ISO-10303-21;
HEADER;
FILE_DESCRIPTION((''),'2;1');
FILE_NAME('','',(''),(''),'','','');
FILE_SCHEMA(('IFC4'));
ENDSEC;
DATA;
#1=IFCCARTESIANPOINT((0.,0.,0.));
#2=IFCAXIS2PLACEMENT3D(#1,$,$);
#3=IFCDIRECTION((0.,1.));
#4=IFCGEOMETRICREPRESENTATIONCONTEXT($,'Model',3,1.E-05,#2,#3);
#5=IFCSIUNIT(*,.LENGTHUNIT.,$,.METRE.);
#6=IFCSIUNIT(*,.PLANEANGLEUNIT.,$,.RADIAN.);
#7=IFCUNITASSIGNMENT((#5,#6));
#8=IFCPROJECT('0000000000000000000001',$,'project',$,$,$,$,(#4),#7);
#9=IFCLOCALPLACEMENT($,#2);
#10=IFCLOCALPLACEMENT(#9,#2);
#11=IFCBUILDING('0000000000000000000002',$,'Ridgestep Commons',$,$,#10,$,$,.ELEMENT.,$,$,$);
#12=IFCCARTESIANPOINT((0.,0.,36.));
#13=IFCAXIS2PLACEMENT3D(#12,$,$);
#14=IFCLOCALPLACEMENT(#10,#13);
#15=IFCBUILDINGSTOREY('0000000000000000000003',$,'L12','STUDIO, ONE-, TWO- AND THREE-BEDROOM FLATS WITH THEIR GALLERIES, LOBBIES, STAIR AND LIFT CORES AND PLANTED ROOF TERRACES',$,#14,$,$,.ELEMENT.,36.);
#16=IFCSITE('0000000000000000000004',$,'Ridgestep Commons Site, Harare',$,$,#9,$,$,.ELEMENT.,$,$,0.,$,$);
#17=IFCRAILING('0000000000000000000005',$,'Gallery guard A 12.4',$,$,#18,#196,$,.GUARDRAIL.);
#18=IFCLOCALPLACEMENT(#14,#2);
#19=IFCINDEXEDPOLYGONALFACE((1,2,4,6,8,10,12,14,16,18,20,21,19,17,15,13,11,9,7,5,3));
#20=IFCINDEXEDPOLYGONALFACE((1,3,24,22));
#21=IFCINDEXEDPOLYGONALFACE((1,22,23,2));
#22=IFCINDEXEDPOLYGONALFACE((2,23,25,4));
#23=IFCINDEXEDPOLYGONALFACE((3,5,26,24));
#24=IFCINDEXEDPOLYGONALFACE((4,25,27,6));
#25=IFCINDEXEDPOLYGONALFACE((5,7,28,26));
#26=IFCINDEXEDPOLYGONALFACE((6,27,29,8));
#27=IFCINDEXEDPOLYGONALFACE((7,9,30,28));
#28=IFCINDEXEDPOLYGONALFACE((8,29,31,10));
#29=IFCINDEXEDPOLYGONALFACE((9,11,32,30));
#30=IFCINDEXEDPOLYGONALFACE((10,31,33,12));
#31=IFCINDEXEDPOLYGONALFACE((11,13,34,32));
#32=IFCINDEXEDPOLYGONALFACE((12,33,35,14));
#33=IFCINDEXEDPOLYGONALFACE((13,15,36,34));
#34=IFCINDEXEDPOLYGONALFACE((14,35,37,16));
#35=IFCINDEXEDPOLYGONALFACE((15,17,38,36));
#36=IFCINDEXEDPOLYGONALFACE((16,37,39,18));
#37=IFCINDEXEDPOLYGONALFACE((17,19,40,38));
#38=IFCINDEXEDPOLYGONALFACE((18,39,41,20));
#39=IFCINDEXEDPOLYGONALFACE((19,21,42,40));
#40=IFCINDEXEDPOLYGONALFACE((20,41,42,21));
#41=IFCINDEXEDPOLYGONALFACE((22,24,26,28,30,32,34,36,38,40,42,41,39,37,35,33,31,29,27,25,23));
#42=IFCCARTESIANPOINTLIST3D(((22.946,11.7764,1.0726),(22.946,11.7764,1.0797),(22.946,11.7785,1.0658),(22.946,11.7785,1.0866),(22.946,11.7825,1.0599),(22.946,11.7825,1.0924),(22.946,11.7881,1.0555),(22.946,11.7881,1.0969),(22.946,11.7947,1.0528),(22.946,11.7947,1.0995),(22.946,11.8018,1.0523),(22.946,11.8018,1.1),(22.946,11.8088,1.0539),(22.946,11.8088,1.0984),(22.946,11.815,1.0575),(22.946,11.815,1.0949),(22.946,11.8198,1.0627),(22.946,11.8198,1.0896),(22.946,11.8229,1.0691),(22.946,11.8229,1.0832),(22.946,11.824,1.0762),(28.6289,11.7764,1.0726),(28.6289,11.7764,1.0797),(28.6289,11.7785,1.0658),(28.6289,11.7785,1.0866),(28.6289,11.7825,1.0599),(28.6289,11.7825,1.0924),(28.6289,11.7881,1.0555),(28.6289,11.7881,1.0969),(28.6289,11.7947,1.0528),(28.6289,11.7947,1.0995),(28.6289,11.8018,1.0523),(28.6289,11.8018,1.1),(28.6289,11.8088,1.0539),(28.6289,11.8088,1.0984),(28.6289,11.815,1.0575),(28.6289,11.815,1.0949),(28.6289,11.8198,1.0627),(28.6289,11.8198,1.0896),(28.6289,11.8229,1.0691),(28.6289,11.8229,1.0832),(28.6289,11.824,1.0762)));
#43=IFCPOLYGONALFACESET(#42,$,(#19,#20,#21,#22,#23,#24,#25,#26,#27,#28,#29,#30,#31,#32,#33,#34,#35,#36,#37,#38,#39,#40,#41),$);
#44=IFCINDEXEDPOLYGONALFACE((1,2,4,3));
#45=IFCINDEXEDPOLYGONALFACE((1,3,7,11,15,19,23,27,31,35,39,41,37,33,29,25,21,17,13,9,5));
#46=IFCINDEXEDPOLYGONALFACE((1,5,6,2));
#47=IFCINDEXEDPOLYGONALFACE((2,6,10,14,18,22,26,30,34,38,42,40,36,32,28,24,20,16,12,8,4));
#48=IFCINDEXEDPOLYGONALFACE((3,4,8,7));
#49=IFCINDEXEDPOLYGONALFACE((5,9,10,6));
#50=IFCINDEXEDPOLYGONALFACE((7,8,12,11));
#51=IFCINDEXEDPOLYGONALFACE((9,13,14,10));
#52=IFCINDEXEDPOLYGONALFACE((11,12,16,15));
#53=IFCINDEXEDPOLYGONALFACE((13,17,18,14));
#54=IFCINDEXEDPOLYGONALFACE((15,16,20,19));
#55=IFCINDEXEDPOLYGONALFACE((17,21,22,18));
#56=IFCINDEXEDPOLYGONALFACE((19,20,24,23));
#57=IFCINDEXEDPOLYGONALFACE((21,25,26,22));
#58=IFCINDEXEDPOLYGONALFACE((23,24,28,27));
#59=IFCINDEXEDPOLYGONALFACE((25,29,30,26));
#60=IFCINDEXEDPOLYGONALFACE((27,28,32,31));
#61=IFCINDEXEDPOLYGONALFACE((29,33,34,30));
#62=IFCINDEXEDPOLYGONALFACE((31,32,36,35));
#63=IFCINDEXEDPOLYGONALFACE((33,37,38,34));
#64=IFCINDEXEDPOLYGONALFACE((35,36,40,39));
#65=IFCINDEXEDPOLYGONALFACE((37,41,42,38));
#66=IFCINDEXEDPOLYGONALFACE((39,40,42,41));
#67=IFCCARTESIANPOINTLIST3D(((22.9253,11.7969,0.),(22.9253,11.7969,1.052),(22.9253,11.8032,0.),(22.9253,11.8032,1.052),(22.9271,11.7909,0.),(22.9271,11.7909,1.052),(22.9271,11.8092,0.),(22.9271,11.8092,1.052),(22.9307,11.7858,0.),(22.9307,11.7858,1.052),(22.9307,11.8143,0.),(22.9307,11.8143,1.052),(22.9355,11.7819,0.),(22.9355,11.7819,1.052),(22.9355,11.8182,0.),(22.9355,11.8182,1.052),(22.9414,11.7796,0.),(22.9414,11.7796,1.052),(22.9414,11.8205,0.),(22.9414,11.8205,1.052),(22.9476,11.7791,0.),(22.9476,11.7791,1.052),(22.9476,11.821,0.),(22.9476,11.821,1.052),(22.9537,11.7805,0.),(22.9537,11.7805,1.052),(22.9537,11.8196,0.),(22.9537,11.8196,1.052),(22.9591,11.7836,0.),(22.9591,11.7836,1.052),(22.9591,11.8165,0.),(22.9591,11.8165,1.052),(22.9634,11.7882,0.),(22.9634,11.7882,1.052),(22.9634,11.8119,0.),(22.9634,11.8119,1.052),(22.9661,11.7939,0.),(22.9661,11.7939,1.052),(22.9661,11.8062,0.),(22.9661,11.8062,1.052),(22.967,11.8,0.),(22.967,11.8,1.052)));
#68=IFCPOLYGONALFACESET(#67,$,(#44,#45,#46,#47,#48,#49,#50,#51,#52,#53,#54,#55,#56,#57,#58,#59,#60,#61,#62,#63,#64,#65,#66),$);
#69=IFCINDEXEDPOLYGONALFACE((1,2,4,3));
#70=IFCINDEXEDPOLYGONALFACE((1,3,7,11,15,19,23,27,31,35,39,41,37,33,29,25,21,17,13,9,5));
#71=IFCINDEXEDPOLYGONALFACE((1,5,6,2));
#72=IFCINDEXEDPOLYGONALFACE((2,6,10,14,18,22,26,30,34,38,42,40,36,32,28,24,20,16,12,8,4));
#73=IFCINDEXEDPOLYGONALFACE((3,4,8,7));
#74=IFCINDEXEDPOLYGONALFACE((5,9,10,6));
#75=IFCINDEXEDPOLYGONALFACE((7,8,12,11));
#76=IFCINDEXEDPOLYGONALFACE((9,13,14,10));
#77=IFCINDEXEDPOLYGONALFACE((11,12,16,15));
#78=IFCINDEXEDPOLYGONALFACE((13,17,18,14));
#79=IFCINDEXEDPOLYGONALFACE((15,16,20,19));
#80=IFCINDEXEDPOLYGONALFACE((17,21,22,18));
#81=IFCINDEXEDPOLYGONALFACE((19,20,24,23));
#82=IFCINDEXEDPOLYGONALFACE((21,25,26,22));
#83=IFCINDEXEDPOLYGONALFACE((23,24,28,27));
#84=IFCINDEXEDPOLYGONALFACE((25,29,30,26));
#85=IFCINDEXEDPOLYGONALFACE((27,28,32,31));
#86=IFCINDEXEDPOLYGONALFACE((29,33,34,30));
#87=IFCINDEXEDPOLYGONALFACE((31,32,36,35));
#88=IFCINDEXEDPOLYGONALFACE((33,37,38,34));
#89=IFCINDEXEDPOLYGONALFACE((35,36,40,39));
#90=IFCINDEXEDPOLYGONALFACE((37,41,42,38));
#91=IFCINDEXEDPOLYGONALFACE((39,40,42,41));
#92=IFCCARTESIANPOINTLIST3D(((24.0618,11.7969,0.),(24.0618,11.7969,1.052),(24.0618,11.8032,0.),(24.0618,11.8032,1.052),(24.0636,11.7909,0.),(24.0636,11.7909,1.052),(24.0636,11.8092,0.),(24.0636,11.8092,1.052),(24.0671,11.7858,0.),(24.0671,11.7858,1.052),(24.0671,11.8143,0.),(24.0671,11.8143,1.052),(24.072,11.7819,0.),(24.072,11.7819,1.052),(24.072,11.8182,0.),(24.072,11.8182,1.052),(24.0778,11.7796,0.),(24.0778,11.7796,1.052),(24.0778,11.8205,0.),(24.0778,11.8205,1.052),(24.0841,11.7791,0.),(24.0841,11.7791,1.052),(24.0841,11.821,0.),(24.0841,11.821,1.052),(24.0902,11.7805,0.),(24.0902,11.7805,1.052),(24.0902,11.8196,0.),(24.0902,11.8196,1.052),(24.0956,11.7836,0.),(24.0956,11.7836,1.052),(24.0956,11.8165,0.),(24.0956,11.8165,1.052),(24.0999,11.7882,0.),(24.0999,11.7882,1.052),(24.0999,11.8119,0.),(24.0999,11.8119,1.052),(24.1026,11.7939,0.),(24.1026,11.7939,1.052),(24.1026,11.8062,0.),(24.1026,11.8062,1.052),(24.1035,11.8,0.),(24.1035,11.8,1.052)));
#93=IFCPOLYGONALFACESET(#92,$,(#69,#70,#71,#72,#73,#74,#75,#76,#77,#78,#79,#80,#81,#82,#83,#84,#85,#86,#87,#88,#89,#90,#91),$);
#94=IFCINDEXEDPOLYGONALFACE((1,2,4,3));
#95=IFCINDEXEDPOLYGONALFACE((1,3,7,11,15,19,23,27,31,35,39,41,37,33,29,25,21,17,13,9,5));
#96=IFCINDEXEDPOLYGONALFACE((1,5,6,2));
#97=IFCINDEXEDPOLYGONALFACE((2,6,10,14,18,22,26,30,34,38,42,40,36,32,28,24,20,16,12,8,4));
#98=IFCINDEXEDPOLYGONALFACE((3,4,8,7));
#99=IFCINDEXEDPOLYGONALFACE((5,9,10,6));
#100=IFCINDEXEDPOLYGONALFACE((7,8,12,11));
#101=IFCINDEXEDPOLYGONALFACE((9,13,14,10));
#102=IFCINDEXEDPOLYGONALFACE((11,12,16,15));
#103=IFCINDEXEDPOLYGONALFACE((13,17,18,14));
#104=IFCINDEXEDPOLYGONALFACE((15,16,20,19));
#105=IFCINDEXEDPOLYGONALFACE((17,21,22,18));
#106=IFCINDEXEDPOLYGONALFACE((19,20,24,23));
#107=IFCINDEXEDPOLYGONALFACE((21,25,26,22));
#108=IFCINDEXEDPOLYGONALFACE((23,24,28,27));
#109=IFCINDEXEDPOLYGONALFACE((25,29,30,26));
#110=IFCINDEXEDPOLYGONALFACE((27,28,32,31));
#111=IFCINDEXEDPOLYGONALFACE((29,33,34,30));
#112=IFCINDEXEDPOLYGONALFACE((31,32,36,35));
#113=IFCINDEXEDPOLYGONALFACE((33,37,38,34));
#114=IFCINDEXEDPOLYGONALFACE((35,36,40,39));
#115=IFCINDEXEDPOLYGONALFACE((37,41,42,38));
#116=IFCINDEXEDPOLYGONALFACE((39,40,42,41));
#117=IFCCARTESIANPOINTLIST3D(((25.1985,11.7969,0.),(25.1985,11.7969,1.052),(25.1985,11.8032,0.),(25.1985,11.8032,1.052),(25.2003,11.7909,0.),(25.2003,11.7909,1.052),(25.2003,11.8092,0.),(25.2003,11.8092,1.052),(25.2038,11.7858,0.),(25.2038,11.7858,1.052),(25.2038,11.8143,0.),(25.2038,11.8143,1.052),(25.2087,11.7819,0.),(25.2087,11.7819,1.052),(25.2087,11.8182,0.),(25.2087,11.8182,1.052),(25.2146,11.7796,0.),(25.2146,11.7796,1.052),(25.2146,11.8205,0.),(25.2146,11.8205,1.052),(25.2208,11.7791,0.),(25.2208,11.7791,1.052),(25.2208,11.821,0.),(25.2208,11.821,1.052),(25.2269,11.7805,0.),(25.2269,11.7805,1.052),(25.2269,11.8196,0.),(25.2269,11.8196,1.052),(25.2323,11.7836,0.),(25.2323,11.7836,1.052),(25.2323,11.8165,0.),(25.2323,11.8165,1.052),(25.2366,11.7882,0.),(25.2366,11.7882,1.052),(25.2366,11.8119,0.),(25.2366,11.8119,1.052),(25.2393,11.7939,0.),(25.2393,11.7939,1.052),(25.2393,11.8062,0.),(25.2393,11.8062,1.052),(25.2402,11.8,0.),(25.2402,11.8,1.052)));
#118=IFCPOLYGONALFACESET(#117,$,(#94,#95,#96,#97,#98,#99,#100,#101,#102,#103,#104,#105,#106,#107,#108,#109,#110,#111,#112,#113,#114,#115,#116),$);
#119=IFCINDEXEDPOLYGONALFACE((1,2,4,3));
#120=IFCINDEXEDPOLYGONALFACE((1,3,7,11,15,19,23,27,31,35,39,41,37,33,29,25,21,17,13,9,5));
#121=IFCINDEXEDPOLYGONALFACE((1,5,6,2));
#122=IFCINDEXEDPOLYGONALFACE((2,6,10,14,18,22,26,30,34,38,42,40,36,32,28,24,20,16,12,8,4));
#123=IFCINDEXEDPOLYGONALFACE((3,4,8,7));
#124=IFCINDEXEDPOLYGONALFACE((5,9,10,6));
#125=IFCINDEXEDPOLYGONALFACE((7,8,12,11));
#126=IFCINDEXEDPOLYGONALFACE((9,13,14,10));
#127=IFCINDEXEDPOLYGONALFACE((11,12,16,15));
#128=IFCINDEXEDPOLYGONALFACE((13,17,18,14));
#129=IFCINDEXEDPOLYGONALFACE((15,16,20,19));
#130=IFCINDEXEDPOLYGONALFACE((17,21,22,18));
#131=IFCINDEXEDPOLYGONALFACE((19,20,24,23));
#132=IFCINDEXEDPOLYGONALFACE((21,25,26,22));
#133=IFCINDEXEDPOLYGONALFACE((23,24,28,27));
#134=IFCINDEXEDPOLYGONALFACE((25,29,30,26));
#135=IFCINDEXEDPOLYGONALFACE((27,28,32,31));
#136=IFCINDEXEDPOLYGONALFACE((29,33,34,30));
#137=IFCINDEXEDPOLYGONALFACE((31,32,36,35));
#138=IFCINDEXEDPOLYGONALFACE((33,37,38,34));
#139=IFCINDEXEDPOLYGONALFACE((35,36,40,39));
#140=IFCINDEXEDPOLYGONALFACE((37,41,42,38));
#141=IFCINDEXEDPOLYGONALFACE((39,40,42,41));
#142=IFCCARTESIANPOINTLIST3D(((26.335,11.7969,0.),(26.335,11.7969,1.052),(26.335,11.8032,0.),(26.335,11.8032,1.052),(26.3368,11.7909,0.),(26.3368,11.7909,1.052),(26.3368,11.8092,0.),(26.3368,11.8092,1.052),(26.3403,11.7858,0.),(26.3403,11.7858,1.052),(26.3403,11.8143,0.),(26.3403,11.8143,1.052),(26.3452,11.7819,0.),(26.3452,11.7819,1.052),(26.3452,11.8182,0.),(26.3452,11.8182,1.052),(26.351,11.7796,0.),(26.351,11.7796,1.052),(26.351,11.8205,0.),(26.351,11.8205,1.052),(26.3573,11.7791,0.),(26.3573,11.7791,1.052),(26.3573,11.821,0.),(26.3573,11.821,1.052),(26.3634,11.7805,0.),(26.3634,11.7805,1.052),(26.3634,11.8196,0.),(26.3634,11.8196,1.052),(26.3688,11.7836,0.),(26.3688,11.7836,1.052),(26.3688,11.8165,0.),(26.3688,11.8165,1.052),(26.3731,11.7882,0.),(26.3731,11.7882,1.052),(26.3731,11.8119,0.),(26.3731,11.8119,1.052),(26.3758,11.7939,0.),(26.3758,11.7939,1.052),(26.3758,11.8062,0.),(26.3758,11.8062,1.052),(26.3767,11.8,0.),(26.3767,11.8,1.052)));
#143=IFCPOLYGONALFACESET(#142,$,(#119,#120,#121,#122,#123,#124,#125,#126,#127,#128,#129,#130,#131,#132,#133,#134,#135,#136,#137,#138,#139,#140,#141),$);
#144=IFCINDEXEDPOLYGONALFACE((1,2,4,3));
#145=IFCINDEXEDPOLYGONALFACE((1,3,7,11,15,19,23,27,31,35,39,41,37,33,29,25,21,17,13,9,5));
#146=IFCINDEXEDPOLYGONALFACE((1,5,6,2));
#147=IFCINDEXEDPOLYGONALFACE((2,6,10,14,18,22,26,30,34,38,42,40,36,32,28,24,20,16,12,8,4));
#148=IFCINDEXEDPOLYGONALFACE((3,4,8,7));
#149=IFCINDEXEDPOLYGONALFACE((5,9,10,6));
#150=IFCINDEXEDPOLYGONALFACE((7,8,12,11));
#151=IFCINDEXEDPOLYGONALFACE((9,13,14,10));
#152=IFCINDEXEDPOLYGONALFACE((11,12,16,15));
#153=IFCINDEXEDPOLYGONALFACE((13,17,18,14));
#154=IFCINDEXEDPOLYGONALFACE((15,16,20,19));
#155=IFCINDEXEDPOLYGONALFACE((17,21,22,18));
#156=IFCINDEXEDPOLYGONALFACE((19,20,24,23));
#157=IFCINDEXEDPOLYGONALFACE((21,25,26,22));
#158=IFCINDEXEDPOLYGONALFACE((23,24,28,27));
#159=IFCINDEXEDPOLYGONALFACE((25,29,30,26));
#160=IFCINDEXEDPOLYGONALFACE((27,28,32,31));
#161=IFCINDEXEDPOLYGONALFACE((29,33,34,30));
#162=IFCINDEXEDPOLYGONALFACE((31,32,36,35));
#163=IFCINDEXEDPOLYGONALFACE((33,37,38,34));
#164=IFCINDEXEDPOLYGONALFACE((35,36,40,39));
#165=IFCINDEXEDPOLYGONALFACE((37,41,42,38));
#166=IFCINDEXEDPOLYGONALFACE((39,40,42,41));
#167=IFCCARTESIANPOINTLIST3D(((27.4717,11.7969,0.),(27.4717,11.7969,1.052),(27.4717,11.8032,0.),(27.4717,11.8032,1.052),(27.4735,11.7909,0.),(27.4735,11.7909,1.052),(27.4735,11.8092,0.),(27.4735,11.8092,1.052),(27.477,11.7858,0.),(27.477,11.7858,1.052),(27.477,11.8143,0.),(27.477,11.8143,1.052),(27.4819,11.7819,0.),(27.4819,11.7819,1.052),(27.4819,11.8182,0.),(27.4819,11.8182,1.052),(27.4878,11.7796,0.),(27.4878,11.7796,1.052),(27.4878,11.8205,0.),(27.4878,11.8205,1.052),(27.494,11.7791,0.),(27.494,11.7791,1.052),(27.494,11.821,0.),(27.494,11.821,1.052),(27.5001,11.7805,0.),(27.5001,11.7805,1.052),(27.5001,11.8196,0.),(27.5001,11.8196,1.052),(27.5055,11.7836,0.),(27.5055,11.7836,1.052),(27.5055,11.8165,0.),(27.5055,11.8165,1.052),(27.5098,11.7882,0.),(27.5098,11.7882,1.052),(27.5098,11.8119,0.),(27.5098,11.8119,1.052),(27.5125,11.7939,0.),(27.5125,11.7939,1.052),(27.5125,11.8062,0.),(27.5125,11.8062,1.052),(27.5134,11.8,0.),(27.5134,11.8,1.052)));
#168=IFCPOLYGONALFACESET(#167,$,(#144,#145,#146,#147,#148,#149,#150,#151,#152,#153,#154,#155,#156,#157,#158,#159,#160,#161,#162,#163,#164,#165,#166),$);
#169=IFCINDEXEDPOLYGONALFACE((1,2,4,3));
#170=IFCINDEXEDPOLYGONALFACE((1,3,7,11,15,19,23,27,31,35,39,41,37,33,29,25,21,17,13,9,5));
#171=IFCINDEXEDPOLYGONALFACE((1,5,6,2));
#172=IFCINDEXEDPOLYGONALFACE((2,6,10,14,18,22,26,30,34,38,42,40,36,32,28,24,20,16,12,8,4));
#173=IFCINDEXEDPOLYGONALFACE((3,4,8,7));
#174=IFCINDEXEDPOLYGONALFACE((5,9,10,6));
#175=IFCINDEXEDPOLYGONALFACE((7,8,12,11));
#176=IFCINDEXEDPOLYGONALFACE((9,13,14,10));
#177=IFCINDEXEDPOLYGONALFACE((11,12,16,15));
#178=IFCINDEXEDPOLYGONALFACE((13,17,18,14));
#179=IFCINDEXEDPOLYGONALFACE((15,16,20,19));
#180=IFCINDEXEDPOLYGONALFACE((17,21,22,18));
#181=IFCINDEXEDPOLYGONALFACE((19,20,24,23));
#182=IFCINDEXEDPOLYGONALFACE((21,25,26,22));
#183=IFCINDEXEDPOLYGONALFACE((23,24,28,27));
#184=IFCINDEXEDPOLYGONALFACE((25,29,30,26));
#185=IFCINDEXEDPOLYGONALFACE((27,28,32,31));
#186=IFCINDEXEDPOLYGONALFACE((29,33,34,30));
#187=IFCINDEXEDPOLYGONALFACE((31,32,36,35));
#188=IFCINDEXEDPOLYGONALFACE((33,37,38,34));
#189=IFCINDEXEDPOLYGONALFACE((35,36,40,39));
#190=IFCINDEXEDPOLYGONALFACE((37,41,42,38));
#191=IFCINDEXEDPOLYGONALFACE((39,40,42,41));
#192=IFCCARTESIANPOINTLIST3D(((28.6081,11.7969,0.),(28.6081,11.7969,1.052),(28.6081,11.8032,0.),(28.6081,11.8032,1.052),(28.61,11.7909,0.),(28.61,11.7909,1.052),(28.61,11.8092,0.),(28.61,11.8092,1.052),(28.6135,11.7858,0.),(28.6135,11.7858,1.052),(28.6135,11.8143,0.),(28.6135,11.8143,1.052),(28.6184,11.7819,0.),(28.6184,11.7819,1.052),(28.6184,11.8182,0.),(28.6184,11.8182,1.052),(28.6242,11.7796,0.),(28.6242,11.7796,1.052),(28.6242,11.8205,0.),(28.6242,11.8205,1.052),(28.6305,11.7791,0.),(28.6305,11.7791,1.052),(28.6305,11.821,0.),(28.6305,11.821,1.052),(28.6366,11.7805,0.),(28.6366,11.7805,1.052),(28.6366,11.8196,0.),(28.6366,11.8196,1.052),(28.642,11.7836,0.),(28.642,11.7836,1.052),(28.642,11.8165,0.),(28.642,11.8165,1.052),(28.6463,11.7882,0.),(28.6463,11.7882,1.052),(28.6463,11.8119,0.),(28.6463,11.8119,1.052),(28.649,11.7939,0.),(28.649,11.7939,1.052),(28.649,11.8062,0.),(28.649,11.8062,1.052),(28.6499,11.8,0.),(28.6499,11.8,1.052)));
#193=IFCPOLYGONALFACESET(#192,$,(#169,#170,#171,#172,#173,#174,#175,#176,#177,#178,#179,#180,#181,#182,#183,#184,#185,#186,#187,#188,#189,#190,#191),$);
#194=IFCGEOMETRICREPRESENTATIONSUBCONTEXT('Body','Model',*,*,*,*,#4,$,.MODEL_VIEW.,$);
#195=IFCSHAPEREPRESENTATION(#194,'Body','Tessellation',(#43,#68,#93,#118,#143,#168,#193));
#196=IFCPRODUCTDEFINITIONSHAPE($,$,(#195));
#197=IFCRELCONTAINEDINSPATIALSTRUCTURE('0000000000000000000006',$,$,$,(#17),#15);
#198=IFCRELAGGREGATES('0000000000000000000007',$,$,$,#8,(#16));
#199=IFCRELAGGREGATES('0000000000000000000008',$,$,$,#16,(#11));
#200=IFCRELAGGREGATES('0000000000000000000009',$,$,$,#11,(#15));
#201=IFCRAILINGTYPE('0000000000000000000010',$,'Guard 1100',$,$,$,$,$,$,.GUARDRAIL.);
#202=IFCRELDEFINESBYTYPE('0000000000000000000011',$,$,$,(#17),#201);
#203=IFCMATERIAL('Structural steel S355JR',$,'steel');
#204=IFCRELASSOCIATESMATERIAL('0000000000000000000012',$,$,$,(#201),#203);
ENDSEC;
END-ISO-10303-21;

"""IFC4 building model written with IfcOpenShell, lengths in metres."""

from ifc_helpers import new_model, si_unit, direction, frame, origin, origin_2d, place, context, subcontext, project, spatial, circle, extrude, material, type_object, element, save


model = new_model("IFC4")

# Units and contexts
model_context = context("Model", 3, precision=1e-05, world=origin(), true_north=direction((0.0, 1.0)))
body_context = subcontext(model_context, "Body", "Model", "MODEL_VIEW")
ifc_project = project(units=[si_unit("LENGTHUNIT", "METRE"), si_unit("PLANEANGLEUNIT", "RADIAN")], contexts=[model_context])

# Site, building, storey
site_placement = place(None, origin())
site = spatial("IfcSite", under=ifc_project, at=site_placement, Name="Ridgestep Commons Site, Harare", CompositionType="ELEMENT", RefElevation=0.0)
building_placement = place(site_placement, origin())
building = spatial("IfcBuilding", under=site, at=building_placement, Name="Ridgestep Commons", CompositionType="ELEMENT")
storey_placement = place(building_placement, frame((0.0, 0.0, 36.0)))
storey = spatial("IfcBuildingStorey", under=building, at=storey_placement, Name="L12", Description="STUDIO, ONE-, TWO- AND THREE-BEDROOM FLATS WITH THEIR GALLERIES, LOBBIES, STAIR AND LIFT CORES AND PLANTED ROOF TERRACES", CompositionType="ELEMENT", Elevation=36.0)

# Railing
ifc_material_1 = material(Name="Structural steel S355JR", Category="steel")
railing_type_1 = type_object("IfcRailingType", Name="Guard 1100", PredefinedType="GUARDRAIL", material=ifc_material_1)
railing_1_placement = place(storey_placement, frame((22.946, 11.8, 0.0)))
element("IfcRailing", 1, at=railing_1_placement, inside=storey, type_object=railing_type_1, Name="Gallery guard A 12.4", PredefinedType="GUARDRAIL", context=body_context, shape_type="SweptSolid", body=[
    extrude(circle(Radius=0.0239, at=origin_2d()), frame((0.0, 0.0, 1.0762), z_axis=(1.0, 0.0, 0.0), x_axis=(0.0, 1.0, 0.0)), (0.0, 0.0, 1.0), 5.6829),
    extrude(circle(Radius=0.021, at=origin_2d()), origin(), (0.0, 0.0, 1.0), 1.052),
    extrude(circle(Radius=0.021, at=origin_2d()), frame((1.1365, 0.0, 0.0)), (0.0, 0.0, 1.0), 1.052),
    extrude(circle(Radius=0.021, at=origin_2d()), frame((2.2732, 0.0, 0.0)), (0.0, 0.0, 1.0), 1.052),
    extrude(circle(Radius=0.021, at=origin_2d()), frame((3.4097, 0.0, 0.0)), (0.0, 0.0, 1.0), 1.052),
    extrude(circle(Radius=0.021, at=origin_2d()), frame((4.5464, 0.0, 0.0)), (0.0, 0.0, 1.0), 1.052),
    extrude(circle(Radius=0.021, at=origin_2d()), frame((5.6829, 0.0, 0.0)), (0.0, 0.0, 1.0), 1.052),
])

save(model, "model.ifc")
